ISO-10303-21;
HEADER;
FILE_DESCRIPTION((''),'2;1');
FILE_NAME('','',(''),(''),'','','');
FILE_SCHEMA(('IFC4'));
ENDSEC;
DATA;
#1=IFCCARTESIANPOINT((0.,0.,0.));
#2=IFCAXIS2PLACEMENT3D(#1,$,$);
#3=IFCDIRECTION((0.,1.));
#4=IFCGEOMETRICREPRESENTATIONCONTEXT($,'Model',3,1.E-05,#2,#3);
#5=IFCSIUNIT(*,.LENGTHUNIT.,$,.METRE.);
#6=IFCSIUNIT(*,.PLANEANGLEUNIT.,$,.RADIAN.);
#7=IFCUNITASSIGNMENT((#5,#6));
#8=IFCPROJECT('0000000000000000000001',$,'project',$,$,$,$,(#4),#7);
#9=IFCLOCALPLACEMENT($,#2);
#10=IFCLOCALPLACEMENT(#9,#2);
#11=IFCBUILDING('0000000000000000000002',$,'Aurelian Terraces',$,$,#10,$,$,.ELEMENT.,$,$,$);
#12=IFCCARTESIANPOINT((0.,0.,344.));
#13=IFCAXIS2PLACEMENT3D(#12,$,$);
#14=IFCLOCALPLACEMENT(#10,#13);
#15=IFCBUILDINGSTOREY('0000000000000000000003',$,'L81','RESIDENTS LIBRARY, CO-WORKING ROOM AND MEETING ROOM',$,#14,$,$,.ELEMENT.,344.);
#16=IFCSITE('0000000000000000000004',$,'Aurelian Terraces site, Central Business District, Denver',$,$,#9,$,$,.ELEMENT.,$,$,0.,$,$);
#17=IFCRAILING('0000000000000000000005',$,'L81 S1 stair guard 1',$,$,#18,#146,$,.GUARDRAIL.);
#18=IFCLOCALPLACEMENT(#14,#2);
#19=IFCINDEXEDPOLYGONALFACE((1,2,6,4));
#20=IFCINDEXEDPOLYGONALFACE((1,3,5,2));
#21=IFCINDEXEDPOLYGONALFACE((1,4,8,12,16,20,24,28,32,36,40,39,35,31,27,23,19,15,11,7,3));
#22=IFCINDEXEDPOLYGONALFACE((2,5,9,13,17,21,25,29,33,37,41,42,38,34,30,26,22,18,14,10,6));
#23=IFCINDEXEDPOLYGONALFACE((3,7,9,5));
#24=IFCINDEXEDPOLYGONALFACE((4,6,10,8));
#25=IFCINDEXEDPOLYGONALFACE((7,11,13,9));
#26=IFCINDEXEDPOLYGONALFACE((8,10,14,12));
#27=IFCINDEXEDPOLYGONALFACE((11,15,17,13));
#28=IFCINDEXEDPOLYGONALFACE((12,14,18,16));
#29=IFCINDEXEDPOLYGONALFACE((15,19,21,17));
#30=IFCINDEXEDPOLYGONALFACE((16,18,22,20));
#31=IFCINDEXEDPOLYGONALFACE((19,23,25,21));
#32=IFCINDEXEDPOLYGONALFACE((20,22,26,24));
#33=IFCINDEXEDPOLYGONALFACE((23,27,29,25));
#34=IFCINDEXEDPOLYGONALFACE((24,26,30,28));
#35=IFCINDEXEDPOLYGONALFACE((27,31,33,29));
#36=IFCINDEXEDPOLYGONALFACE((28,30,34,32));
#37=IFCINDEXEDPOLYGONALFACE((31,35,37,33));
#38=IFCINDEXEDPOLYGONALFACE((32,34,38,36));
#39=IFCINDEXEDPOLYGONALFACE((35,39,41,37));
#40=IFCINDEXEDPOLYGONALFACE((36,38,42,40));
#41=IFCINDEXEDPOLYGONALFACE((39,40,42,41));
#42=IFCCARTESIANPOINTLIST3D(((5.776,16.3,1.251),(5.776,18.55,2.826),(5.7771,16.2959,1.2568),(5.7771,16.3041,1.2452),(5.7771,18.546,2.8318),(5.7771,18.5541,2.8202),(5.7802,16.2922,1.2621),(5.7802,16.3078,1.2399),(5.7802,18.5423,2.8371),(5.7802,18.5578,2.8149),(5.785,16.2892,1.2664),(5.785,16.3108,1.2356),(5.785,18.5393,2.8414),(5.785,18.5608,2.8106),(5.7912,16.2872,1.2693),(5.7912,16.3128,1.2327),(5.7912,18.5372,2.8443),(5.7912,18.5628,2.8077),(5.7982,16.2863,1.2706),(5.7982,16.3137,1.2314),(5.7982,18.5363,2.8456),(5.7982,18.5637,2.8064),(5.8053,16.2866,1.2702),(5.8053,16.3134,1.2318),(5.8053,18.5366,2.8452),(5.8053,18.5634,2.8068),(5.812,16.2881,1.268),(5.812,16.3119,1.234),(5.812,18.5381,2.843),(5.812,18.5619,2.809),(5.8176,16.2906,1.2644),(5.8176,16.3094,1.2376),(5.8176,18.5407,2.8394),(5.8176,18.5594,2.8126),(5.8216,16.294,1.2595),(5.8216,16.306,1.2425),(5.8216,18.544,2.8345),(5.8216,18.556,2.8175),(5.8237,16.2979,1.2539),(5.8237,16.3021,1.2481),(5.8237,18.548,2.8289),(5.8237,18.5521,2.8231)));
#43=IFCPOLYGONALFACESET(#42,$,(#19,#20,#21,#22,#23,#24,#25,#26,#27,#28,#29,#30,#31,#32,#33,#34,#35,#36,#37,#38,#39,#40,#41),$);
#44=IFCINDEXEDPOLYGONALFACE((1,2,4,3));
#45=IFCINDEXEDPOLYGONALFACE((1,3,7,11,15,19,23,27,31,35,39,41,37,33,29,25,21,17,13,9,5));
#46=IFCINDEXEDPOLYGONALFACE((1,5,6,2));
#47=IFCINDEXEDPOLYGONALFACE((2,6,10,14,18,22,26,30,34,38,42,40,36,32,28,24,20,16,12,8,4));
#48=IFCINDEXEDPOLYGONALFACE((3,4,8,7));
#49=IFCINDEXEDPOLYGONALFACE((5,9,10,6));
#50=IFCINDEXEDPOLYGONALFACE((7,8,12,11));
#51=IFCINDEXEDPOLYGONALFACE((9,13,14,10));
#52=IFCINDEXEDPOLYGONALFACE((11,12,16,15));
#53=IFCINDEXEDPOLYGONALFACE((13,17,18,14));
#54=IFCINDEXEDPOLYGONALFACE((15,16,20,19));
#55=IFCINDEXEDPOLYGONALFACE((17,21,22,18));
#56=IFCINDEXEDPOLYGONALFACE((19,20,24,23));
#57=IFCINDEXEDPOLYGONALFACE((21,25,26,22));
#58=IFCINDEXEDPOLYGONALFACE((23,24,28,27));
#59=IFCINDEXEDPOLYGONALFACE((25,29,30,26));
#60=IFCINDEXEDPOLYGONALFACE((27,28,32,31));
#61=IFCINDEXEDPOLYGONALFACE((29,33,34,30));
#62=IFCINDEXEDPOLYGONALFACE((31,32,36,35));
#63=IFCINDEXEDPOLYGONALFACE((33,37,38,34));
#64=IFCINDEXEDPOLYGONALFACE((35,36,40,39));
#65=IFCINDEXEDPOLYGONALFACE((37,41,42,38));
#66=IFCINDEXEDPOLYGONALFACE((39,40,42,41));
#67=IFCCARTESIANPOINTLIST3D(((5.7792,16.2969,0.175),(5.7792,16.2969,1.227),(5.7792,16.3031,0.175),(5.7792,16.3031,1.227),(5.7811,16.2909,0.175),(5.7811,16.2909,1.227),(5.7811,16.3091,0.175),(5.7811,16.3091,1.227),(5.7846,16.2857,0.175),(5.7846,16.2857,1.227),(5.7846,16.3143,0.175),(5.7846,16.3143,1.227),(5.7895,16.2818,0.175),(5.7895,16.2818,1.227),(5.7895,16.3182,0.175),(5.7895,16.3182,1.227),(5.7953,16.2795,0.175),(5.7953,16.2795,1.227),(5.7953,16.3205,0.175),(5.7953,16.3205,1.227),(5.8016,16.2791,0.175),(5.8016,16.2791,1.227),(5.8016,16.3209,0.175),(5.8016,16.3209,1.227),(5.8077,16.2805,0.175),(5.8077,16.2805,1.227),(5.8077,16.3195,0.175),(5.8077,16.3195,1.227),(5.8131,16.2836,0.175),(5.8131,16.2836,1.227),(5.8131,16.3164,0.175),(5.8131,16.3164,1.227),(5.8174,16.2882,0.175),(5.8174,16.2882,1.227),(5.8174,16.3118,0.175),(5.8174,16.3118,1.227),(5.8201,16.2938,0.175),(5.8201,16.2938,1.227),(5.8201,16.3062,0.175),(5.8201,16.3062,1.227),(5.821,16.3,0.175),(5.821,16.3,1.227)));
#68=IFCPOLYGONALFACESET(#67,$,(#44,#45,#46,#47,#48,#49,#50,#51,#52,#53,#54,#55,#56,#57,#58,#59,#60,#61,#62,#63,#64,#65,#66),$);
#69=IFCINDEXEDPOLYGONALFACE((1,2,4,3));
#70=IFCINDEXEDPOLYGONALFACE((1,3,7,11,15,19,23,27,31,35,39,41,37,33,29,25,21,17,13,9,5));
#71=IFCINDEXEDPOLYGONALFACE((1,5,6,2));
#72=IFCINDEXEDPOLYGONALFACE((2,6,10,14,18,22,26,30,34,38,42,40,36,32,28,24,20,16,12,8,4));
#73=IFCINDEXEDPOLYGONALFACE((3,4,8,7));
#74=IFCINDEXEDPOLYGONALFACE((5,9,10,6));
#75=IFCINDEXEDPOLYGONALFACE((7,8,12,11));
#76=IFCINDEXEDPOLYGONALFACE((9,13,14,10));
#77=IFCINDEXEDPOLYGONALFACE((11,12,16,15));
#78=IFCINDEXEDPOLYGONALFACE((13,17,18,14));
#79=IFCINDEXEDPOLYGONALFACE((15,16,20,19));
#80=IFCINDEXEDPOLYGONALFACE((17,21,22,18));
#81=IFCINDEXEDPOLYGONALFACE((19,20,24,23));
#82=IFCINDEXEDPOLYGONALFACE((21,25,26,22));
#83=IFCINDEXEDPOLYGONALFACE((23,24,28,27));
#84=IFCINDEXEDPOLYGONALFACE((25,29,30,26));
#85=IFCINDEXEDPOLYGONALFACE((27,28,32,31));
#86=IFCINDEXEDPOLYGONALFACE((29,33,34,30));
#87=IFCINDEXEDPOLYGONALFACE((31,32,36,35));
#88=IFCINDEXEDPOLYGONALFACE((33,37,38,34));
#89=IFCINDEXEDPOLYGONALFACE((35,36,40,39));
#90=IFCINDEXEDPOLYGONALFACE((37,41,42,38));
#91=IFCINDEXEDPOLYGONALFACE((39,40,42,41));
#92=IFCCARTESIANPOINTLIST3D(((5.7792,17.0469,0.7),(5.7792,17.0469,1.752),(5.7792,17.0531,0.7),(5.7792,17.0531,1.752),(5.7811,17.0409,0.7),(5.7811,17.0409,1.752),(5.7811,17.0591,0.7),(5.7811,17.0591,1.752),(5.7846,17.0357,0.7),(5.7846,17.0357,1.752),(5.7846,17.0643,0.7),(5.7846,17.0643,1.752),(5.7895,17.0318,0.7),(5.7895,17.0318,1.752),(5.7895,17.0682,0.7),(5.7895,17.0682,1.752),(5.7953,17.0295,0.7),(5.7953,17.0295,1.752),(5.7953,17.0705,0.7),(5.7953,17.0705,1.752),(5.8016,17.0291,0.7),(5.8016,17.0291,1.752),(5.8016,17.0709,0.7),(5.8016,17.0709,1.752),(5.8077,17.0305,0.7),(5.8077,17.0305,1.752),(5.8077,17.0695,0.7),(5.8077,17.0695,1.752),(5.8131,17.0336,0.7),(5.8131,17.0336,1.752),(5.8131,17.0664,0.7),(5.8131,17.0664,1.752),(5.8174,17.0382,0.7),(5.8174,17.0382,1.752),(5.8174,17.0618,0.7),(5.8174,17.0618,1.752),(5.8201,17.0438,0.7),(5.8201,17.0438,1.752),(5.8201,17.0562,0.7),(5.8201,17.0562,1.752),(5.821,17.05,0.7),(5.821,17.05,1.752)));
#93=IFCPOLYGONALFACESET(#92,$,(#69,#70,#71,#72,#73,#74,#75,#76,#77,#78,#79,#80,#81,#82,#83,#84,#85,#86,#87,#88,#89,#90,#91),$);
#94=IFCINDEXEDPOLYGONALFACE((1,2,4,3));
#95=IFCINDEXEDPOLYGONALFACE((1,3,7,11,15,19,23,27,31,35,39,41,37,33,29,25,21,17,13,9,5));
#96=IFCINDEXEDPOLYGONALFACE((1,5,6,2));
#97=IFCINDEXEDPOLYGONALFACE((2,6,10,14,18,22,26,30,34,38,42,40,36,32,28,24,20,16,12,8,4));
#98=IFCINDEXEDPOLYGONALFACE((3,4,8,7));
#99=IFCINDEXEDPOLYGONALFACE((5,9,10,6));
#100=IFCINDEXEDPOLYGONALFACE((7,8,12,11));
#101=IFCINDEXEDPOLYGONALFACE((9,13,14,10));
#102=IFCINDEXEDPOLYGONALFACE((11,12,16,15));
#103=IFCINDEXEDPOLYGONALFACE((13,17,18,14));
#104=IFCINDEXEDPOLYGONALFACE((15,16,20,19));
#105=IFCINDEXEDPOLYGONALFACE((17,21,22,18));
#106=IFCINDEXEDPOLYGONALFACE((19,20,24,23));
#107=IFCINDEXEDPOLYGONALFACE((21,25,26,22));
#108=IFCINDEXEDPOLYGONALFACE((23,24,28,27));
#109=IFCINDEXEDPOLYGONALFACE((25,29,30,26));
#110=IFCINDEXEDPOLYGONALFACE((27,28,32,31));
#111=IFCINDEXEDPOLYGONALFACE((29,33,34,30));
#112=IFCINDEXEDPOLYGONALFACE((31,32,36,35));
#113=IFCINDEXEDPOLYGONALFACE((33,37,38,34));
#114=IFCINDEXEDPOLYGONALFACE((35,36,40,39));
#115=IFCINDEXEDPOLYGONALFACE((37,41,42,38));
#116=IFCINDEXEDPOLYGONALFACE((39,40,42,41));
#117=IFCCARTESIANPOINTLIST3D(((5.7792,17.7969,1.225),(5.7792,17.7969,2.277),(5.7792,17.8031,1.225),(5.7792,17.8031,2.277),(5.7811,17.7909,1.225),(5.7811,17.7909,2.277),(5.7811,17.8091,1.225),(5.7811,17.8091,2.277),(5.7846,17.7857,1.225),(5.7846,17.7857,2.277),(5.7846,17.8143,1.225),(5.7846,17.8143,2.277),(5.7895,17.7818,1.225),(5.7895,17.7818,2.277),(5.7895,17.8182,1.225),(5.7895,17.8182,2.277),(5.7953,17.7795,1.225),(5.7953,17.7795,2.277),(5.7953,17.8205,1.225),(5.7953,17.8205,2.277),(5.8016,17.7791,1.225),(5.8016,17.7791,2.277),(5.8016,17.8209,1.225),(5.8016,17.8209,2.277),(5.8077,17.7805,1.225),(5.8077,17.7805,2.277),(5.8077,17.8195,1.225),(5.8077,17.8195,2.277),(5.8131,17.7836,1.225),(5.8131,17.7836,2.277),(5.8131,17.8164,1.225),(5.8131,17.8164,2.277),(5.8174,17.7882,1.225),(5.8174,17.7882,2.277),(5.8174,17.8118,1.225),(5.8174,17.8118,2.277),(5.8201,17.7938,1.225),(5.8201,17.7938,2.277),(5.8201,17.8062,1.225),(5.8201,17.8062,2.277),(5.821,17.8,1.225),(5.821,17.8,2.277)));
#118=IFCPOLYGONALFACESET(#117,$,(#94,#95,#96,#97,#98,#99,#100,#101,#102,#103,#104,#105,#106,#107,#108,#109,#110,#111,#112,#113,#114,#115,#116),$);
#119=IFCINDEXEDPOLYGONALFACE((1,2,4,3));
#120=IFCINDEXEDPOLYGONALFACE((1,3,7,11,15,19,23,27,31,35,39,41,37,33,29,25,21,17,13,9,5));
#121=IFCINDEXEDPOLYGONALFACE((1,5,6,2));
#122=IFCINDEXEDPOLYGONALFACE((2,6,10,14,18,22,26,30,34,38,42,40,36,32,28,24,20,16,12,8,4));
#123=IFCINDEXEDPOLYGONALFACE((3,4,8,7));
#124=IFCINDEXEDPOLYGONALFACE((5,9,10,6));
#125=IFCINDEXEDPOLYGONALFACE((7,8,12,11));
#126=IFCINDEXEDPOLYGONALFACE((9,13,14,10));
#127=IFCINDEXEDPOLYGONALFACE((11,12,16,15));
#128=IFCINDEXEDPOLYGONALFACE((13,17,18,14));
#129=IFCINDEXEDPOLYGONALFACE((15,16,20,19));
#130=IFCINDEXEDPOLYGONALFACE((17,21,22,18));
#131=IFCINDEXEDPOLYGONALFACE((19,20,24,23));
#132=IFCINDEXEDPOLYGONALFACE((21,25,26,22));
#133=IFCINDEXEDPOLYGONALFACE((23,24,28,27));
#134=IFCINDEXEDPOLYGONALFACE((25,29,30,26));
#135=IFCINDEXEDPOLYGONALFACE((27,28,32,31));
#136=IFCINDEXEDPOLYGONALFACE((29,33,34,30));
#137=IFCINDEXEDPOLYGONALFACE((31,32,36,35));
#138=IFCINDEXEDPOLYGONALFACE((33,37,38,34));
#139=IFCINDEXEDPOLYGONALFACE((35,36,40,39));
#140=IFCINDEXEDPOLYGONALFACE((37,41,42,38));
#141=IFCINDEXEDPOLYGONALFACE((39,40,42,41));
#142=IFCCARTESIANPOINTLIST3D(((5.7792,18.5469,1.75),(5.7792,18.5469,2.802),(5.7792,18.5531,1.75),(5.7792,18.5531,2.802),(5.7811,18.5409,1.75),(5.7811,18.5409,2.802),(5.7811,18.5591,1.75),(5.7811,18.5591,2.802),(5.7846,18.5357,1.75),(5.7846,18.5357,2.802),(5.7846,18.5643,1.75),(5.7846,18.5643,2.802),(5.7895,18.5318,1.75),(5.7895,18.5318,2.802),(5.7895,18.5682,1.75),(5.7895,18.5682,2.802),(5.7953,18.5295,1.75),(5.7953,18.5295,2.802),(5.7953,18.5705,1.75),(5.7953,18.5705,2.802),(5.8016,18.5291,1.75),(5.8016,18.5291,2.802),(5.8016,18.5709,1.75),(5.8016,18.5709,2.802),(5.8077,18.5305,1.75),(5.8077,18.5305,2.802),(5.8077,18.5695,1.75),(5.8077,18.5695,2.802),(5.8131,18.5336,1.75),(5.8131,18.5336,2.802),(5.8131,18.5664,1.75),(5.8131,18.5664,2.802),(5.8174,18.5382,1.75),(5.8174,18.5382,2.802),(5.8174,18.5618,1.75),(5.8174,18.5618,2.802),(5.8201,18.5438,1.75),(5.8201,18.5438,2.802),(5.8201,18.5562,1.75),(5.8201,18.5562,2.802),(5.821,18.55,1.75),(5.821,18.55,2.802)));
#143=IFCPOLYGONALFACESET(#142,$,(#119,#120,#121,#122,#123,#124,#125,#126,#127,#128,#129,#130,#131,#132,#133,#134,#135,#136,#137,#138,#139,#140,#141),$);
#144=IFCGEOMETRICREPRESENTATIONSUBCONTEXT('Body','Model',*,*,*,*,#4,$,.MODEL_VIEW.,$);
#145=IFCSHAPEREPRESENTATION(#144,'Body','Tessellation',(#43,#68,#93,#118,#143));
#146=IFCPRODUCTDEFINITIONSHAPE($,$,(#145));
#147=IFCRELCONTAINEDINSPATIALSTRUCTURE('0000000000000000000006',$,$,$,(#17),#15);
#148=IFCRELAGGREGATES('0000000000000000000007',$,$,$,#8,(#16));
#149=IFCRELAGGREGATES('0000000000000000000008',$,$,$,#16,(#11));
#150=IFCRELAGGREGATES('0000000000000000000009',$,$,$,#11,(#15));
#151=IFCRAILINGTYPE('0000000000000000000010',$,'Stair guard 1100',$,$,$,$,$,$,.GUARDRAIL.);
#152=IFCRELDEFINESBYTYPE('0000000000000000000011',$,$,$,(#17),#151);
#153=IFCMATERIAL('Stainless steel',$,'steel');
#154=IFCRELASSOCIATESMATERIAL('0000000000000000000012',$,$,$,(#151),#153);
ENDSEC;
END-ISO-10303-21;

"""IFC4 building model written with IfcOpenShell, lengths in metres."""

from ifc_helpers import new_model, si_unit, direction, frame, origin, origin_2d, place, context, subcontext, project, spatial, circle, extrude, source, transform, mapped, material, type_object, element, save


model = new_model("IFC4")

# Units and contexts
model_context = context("Model", 3, precision=1e-05, world=origin(), true_north=direction((0.0, 1.0)))
body_context = subcontext(model_context, "Body", "Model", "MODEL_VIEW")
ifc_project = project(units=[si_unit("LENGTHUNIT", "METRE"), si_unit("PLANEANGLEUNIT", "RADIAN")], contexts=[model_context])

# Site, building, storey
site_placement = place(None, origin())
site = spatial("IfcSite", under=ifc_project, at=site_placement, Name="Aurelian Terraces site, Central Business District, Denver", CompositionType="ELEMENT", RefElevation=0.0)
building_placement = place(site_placement, origin())
building = spatial("IfcBuilding", under=site, at=building_placement, Name="Aurelian Terraces", CompositionType="ELEMENT")
storey_placement = place(building_placement, frame((0.0, 0.0, 344.0)))
storey = spatial("IfcBuildingStorey", under=building, at=storey_placement, Name="L81", Description="RESIDENTS LIBRARY, CO-WORKING ROOM AND MEETING ROOM", CompositionType="ELEMENT", Elevation=344.0)

# Railing
ifc_material_1 = material(Name="Stainless steel", Category="steel")
railing_type = type_object("IfcRailingType", Name="Stair guard 1100", PredefinedType="GUARDRAIL", material=ifc_material_1)
shared_shape_1 = source(origin(), body_context, "Body", "SweptSolid", [
    extrude(circle(Radius=0.024, at=origin_2d()), frame((0.0, 0.0, 1.076), z_axis=(0.0, 0.819232, 0.573462), x_axis=(-1.0, 0.0, 0.0)), (0.0, 0.0, 1.0), 2.7465),
    extrude(circle(Radius=0.021, at=origin_2d()), origin(), (0.0, 0.0, 1.0), 1.052),
    extrude(circle(Radius=0.021, at=origin_2d()), frame((0.0, 0.75, 0.525)), (0.0, 0.0, 1.0), 1.052),
    extrude(circle(Radius=0.021, at=origin_2d()), frame((0.0, 1.5, 1.05)), (0.0, 0.0, 1.0), 1.052),
    extrude(circle(Radius=0.021, at=origin_2d()), frame((0.0, 2.25, 1.575)), (0.0, 0.0, 1.0), 1.052),
])
railing_1_placement = place(storey_placement, frame((5.8, 16.3, 0.175)))
element("IfcRailing", 1, at=railing_1_placement, inside=storey, type_object=railing_type, Name="L81 S1 stair guard 1", PredefinedType="GUARDRAIL", context=body_context, shape_type="MappedRepresentation", body=[
    mapped(shared_shape_1, transform((0.0, 0.0, 0.0), scale=1.0)),
])

save(model, "model.ifc")
